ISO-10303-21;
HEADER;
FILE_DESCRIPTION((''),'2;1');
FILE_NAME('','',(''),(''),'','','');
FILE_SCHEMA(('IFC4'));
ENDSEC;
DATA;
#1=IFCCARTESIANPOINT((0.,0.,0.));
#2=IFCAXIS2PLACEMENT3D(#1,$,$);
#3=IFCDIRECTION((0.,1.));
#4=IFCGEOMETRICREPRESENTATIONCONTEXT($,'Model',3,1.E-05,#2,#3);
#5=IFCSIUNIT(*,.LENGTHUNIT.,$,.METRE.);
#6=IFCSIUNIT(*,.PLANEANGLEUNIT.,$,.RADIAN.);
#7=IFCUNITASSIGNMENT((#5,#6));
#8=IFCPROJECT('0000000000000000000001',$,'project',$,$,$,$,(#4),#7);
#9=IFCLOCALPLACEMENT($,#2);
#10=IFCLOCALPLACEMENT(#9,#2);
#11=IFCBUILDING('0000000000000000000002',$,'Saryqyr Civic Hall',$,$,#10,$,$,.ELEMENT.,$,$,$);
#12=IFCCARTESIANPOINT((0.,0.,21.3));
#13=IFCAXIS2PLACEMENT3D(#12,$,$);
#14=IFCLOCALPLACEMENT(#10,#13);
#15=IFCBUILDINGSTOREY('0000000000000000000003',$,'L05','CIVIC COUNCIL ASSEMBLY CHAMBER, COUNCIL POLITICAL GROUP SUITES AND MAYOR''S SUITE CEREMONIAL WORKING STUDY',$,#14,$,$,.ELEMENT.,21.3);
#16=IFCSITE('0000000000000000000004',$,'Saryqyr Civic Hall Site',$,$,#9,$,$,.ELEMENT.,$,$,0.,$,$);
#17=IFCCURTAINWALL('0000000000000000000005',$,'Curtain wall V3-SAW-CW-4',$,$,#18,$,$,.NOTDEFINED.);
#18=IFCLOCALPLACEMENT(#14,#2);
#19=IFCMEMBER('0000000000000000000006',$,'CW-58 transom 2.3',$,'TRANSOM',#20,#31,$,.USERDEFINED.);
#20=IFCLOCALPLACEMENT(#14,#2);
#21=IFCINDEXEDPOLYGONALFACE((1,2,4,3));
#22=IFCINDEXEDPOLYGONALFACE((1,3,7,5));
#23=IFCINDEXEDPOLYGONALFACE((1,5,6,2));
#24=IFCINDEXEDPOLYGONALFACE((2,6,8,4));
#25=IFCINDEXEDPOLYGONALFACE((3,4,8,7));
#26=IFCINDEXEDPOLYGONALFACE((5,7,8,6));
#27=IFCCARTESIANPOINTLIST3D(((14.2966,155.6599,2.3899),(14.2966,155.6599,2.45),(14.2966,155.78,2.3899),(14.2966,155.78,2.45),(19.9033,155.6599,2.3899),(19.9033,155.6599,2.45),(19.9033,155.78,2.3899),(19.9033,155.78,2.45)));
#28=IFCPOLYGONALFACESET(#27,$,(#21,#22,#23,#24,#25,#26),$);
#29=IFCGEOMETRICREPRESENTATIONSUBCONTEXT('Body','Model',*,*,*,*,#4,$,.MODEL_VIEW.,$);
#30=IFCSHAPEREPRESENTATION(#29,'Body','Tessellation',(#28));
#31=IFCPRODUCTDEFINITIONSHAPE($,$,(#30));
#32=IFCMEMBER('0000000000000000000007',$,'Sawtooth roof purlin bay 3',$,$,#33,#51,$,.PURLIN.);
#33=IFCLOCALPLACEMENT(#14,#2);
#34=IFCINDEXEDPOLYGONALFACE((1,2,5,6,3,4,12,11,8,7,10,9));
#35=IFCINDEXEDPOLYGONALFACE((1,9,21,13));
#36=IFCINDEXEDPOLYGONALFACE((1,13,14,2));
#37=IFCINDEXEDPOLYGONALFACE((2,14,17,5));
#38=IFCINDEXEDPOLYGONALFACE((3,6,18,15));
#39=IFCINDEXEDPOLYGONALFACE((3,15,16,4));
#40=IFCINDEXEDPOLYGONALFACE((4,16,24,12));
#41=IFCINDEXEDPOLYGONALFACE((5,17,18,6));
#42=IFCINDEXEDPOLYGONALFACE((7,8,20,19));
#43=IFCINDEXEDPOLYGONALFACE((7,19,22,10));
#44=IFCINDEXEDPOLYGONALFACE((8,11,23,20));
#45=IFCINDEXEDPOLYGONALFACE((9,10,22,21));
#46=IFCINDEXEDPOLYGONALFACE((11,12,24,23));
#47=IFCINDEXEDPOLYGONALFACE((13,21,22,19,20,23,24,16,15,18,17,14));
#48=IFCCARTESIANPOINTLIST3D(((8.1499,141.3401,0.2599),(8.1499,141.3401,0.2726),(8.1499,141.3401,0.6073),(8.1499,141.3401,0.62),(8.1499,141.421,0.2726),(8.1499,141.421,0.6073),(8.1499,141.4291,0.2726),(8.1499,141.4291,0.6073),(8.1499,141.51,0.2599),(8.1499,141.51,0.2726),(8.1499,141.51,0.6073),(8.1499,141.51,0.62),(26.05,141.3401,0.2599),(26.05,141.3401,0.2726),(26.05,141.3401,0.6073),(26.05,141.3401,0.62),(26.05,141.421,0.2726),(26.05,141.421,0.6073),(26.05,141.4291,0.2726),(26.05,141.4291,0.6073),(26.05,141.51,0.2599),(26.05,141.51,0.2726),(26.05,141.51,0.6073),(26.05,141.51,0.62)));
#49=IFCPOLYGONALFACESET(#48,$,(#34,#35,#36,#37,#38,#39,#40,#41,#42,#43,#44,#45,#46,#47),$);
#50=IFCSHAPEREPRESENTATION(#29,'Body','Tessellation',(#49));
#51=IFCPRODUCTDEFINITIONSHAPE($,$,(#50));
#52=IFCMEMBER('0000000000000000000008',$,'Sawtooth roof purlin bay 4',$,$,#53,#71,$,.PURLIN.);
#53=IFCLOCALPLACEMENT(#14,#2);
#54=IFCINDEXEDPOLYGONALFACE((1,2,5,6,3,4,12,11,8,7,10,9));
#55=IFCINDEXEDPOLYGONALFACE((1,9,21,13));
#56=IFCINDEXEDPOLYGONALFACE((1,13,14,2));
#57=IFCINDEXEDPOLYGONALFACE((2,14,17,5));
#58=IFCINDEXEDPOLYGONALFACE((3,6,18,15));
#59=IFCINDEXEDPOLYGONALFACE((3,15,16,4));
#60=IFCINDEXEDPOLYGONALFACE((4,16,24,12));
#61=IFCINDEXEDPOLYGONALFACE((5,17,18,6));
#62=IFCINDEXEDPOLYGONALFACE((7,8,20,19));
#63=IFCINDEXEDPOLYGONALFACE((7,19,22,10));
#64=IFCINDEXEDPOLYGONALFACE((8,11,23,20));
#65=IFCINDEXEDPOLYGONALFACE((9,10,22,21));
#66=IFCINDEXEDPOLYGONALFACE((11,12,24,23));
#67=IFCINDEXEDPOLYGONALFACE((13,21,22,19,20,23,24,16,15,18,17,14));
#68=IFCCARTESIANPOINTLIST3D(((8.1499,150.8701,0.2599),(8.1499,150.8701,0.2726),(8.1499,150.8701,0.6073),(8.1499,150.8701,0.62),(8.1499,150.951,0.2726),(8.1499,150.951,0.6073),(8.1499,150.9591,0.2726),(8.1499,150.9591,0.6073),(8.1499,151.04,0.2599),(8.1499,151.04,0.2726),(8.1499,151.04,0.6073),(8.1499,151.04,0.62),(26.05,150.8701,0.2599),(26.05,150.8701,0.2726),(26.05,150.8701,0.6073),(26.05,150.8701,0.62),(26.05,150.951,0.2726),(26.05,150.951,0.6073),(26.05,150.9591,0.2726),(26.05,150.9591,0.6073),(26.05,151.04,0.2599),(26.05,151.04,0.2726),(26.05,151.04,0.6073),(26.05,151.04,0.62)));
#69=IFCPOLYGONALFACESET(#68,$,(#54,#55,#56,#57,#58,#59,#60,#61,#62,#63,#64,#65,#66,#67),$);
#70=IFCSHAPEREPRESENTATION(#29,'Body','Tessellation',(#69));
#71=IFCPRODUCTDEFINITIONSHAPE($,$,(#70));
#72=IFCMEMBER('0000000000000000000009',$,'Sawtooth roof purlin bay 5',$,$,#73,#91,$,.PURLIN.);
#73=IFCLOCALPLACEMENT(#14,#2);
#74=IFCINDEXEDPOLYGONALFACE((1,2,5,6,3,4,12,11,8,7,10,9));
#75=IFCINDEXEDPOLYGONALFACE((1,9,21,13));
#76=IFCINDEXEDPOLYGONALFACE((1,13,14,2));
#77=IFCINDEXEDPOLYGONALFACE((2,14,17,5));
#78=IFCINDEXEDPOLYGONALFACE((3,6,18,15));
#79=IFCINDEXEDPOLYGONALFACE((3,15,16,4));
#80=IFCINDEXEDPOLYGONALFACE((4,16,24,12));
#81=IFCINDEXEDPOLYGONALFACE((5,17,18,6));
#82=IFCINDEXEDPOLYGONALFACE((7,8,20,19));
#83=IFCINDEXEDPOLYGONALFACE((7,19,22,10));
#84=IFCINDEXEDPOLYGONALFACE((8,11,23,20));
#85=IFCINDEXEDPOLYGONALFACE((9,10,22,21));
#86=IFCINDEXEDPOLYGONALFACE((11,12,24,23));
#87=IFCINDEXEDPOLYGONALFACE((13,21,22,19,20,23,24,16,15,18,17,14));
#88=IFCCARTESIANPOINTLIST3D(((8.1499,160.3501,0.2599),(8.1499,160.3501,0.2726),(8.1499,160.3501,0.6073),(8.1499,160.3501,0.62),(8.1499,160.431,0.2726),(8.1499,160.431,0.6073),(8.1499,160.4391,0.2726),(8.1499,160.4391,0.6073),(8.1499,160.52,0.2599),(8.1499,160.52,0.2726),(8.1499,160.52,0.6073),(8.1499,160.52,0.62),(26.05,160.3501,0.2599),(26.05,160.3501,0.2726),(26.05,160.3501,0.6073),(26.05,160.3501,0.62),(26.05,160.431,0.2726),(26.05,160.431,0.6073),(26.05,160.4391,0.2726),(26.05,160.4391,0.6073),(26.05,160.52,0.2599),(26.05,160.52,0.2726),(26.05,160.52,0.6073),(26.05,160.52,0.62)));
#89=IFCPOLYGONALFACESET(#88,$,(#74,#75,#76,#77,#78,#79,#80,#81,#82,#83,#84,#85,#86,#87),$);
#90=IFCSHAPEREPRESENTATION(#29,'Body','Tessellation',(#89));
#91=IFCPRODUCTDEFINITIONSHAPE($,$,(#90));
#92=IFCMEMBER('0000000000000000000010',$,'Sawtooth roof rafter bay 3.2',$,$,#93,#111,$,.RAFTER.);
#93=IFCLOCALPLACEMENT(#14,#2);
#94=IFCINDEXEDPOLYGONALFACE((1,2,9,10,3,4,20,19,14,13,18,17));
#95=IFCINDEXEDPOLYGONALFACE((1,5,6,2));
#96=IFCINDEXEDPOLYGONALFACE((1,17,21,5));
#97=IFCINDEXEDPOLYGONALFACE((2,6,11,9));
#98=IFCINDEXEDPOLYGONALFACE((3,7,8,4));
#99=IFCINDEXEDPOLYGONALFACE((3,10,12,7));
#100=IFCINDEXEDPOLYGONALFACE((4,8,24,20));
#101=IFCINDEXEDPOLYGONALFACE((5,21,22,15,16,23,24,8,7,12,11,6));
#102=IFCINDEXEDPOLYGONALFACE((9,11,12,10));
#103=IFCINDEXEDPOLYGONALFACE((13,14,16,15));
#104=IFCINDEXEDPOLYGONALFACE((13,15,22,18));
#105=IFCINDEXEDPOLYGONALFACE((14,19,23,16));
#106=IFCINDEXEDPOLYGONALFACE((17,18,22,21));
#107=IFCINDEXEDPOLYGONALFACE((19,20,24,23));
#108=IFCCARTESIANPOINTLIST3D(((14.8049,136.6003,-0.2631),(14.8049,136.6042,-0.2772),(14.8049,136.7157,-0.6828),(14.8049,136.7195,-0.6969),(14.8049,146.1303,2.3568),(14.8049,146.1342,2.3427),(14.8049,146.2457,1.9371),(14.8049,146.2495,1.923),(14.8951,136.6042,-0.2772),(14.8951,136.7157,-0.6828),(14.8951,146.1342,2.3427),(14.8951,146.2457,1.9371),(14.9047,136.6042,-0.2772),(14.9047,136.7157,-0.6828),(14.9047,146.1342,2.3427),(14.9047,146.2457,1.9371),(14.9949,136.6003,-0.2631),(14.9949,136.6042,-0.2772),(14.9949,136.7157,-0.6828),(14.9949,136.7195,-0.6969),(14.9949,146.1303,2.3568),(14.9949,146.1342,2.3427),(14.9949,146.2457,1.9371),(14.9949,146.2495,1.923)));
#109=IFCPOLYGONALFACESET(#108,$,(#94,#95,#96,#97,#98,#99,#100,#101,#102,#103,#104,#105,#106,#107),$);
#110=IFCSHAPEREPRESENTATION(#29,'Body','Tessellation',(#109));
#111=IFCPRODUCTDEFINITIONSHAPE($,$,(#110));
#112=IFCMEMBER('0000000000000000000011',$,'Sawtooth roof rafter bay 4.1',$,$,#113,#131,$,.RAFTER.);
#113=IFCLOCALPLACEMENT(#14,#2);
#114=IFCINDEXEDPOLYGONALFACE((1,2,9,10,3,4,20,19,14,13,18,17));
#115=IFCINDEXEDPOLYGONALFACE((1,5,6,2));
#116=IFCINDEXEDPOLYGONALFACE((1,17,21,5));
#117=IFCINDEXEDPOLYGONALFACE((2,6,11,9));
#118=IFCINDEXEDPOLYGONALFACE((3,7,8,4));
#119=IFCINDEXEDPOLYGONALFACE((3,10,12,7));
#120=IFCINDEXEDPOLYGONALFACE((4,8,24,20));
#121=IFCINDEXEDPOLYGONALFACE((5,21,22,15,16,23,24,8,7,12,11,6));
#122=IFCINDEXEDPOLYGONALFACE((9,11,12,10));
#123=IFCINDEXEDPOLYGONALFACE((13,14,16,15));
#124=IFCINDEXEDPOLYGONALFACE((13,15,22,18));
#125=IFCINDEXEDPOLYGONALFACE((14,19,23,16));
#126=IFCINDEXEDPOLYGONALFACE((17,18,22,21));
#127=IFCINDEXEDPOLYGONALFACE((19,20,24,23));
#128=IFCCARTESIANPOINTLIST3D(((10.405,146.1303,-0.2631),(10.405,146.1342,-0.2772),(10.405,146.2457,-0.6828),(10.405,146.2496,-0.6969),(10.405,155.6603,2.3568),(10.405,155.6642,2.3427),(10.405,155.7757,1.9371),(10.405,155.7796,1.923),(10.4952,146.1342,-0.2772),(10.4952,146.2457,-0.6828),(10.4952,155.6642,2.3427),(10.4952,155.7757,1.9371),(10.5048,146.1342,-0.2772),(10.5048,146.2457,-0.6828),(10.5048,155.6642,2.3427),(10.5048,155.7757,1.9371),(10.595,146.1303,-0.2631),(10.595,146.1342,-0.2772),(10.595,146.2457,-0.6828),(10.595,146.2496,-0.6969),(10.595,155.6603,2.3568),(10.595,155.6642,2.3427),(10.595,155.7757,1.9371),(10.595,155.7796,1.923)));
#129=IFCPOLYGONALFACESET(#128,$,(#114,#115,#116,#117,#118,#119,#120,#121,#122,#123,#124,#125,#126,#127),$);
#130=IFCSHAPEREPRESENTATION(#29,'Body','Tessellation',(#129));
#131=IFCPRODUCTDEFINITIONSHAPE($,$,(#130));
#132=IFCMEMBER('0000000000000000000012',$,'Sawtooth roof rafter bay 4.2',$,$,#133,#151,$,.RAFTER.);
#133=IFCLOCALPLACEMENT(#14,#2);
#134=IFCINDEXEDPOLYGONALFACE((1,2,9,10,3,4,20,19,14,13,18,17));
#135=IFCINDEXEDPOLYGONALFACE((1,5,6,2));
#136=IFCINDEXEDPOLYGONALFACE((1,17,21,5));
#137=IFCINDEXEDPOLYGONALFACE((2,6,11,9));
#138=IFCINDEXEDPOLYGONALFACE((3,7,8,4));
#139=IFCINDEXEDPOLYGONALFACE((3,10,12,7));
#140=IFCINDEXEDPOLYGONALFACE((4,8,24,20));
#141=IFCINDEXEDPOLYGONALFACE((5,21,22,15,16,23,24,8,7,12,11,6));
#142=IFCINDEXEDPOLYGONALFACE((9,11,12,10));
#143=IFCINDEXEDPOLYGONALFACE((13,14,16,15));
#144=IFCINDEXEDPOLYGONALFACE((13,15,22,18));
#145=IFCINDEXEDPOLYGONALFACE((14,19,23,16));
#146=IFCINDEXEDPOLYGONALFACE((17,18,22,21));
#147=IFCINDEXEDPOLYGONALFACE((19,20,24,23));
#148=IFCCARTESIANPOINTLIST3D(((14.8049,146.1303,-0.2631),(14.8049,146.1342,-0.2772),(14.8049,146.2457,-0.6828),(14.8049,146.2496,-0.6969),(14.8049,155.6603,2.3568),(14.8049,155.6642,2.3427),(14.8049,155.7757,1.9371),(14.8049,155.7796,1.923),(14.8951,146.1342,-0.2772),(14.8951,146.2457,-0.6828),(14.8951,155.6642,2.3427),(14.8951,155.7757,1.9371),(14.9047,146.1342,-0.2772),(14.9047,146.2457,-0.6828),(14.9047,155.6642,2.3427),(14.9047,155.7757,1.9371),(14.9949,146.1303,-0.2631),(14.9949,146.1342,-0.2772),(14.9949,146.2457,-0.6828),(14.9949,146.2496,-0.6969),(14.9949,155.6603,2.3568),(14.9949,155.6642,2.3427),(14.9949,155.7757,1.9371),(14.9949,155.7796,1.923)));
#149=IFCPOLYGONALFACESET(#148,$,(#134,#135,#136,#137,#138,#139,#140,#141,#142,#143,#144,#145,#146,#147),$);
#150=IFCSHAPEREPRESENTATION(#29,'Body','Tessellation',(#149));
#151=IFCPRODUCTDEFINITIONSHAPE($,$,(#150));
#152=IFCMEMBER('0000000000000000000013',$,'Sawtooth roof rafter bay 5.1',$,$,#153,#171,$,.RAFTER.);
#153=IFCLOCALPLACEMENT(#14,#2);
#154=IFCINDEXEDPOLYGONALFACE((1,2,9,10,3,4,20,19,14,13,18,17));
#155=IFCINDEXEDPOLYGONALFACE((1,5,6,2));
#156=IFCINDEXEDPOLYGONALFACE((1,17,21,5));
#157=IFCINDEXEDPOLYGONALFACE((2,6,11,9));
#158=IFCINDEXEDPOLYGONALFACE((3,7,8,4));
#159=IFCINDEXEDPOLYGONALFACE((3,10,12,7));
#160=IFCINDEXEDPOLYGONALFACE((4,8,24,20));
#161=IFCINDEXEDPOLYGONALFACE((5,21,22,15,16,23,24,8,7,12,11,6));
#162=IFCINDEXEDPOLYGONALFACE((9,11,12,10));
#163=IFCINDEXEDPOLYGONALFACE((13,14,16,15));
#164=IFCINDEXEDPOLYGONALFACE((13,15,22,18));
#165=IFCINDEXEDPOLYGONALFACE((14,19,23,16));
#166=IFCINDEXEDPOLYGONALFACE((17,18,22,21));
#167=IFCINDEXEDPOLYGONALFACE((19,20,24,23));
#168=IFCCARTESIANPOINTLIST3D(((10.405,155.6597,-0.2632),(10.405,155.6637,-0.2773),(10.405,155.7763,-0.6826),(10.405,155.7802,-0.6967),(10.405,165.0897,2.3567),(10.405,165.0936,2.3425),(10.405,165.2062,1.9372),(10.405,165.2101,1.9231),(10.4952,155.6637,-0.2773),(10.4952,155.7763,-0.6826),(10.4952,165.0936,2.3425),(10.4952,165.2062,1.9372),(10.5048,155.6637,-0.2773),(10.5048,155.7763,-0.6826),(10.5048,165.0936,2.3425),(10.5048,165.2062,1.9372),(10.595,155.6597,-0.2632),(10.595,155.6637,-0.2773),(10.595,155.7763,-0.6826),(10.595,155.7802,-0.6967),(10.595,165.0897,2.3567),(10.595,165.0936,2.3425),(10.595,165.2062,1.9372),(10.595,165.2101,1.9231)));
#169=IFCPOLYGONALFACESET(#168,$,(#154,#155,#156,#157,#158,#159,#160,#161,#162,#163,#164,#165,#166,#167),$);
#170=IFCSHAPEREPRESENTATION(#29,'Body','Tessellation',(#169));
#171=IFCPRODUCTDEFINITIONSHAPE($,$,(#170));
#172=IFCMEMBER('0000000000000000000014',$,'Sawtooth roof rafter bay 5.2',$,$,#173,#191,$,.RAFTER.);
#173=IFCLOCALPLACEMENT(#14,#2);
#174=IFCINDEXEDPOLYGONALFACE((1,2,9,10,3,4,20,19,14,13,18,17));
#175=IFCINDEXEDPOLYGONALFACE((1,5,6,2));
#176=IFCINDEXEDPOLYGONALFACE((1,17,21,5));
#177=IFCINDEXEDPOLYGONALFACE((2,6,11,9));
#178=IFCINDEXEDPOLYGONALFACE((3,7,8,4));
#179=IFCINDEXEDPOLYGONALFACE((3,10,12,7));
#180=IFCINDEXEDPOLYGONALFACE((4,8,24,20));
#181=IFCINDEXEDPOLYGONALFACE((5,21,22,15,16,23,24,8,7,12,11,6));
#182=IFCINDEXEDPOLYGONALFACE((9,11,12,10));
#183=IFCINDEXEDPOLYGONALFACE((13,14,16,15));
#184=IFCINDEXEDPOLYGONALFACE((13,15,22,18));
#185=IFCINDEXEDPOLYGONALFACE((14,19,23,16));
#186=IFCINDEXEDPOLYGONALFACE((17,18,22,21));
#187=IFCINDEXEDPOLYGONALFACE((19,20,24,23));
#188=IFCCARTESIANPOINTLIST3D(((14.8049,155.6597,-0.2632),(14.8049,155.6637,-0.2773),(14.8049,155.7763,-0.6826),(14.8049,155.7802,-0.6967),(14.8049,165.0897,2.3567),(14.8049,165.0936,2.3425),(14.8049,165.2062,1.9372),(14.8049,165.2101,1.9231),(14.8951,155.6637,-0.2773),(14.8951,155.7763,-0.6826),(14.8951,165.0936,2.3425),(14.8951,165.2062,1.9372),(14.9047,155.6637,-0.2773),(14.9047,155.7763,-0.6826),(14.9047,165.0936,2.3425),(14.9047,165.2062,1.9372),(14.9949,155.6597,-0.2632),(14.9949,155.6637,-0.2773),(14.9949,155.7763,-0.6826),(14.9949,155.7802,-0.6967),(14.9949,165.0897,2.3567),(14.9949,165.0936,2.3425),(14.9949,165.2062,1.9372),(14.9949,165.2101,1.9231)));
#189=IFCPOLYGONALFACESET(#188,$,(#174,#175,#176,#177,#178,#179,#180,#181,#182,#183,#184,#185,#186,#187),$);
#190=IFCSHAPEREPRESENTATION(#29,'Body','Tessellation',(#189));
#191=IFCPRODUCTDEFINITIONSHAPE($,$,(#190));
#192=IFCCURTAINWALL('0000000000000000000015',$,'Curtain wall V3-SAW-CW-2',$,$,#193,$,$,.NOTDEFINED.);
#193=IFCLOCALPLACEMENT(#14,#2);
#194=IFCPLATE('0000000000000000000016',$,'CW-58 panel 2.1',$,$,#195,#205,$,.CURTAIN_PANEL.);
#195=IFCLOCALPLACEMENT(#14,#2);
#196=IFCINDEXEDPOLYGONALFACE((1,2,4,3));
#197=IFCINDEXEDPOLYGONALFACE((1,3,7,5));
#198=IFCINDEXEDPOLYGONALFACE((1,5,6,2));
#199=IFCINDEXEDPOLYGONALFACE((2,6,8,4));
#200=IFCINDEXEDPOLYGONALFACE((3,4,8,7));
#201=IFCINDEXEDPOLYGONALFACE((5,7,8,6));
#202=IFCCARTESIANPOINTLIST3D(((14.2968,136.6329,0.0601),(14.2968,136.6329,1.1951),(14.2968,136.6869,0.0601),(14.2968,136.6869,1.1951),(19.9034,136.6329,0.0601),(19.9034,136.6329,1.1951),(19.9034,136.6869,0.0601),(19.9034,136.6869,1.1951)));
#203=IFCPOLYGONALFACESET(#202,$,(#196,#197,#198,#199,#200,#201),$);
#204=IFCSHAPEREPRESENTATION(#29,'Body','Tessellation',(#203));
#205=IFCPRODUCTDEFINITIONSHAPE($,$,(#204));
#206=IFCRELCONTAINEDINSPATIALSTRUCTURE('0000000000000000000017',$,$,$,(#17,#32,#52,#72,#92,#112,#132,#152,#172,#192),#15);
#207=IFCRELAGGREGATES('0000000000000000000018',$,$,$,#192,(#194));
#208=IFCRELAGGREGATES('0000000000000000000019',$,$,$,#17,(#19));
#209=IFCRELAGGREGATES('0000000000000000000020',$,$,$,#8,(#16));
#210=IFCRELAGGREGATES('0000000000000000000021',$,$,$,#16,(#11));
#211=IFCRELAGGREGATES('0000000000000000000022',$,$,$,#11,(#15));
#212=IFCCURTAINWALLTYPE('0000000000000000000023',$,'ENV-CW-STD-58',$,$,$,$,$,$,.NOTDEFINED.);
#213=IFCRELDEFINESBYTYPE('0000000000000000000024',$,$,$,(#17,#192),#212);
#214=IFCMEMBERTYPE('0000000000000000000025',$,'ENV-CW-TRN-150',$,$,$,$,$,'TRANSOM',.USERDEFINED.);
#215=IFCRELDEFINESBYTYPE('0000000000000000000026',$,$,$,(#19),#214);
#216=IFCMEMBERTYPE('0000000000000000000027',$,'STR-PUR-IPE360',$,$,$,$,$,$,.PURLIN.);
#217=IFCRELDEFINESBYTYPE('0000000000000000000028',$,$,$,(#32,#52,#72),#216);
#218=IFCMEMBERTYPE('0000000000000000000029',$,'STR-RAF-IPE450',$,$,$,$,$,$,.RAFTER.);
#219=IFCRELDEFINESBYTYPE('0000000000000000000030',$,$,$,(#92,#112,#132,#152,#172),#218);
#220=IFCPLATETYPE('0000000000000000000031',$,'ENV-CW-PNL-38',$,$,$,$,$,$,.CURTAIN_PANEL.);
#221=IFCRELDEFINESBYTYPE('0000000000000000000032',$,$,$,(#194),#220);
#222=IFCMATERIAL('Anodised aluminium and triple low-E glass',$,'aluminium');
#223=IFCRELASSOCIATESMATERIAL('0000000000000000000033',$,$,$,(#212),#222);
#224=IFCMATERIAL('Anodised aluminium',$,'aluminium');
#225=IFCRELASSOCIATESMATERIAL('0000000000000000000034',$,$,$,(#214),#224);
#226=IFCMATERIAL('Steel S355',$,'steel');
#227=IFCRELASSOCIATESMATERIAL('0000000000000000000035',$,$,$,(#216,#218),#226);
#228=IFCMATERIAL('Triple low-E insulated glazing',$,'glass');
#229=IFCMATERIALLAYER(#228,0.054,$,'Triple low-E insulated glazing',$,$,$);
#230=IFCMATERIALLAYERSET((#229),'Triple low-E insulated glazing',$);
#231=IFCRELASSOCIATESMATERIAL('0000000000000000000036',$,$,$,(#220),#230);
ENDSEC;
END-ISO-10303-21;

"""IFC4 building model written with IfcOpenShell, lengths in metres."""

from ifc_helpers import new_model, si_unit, direction, frame, origin, origin_2d, place, context, subcontext, project, spatial, rectangle, i_section, extrude, material, layer, layer_set, material_profile, profile_set, type_object, element, aggregate, save


model = new_model("IFC4")

# Units and contexts
model_context = context("Model", 3, precision=1e-05, world=origin(), true_north=direction((0.0, 1.0)))
body_context = subcontext(model_context, "Body", "Model", "MODEL_VIEW")
ifc_project = project(units=[si_unit("LENGTHUNIT", "METRE"), si_unit("PLANEANGLEUNIT", "RADIAN")], contexts=[model_context])

# Site, building, storey
site_placement = place(None, origin())
site = spatial("IfcSite", under=ifc_project, at=site_placement, Name="Saryqyr Civic Hall Site", CompositionType="ELEMENT", RefElevation=0.0)
building_placement = place(site_placement, origin())
building = spatial("IfcBuilding", under=site, at=building_placement, Name="Saryqyr Civic Hall", CompositionType="ELEMENT")
storey_placement = place(building_placement, frame((0.0, 0.0, 21.3)))
storey = spatial("IfcBuildingStorey", under=building, at=storey_placement, Name="L05", Description="CIVIC COUNCIL ASSEMBLY CHAMBER, COUNCIL POLITICAL GROUP SUITES AND MAYOR'S SUITE CEREMONIAL WORKING STUDY", CompositionType="ELEMENT", Elevation=21.3)

# Curtain wall
ifc_material_1 = material(Name="Anodised aluminium and triple low-E glass", Category="aluminium")
curtain_wall_type = type_object("IfcCurtainWallType", Name="ENV-CW-STD-58", PredefinedType="NOTDEFINED", material=ifc_material_1)
ifc_material_2 = material(Name="Anodised aluminium", Category="aluminium")
curtain_wall_1_placement = place(storey_placement, origin())
curtain_wall_1 = element("IfcCurtainWall", 1, at=curtain_wall_1_placement, inside=storey, type_object=curtain_wall_type, Name="Curtain wall V3-SAW-CW-4", PredefinedType="NOTDEFINED")

# Member
ifc_material_profile_1 = material_profile(ifc_material_2, rectangle(XDim=0.1201, YDim=0.0601, at=origin_2d()), Name="ALU TRANSOM 120x60")
ifc_profile_set_1 = profile_set([ifc_material_profile_1], Name="Anodised aluminium")
member_type_1 = type_object("IfcMemberType", Name="ENV-CW-TRN-150", ElementType="TRANSOM", PredefinedType="USERDEFINED", material=ifc_profile_set_1)
member_1_placement = place(storey_placement, frame((14.2966, 155.72, 2.4199), z_axis=(1.0, 0.0, 0.0), x_axis=(0.0, 1.0, 0.0)))
member_1 = element("IfcMember", 2, at=member_1_placement, type_object=member_type_1, Name="CW-58 transom 2.3", ObjectType="TRANSOM", PredefinedType="USERDEFINED", context=body_context, shape_type="SweptSolid", body=[
    extrude(rectangle(XDim=0.1201, YDim=0.0601, at=origin_2d()), origin(), (0.0, 0.0, 1.0), 5.6067),
])

# Members
ifc_material_3 = material(Name="Steel S355", Category="steel")
ifc_material_profile_2 = material_profile(ifc_material_3, i_section(OverallWidth=0.1699, OverallDepth=0.3601, WebThickness=0.0081, FlangeThickness=0.0127, at=origin_2d()), Name="IPE 360")
ifc_profile_set_2 = profile_set([ifc_material_profile_2], Name="Steel S355")
member_type_2 = type_object("IfcMemberType", Name="STR-PUR-IPE360", PredefinedType="PURLIN", material=ifc_profile_set_2)
for number, where, z_axis, x_axis, name in (
    (3, (8.1499, 141.425, 0.4399), (1.0, 0.0, 0.0), (0.0, 1.0, 0.0), "Sawtooth roof purlin bay 3"),
    (4, (8.1499, 150.9551, 0.4399), (1.0, 0.0, 0.0), (0.0, 1.0, 0.0), "Sawtooth roof purlin bay 4"),
    (5, (8.1499, 160.4351, 0.4399), (1.0, 0.0, 0.0), (0.0, 1.0, 0.0), "Sawtooth roof purlin bay 5"),
):
    element("IfcMember", number, at=place(storey_placement, frame(where, z_axis=z_axis, x_axis=x_axis)), inside=storey, type_object=member_type_2, Name=name, PredefinedType="PURLIN", context=body_context, shape_type="SweptSolid", body=[
        extrude(i_section(OverallWidth=0.1699, OverallDepth=0.3601, WebThickness=0.0081, FlangeThickness=0.0127, at=origin_2d()), origin(), (0.0, 0.0, 1.0), 17.9001),
    ])
ifc_material_profile_3 = material_profile(ifc_material_3, i_section(OverallWidth=0.1899, OverallDepth=0.45, WebThickness=0.0095, FlangeThickness=0.0146, at=origin_2d()), Name="IPE 450")
ifc_profile_set_3 = profile_set([ifc_material_profile_3], Name="Steel S355")
member_type_3 = type_object("IfcMemberType", Name="STR-RAF-IPE450", PredefinedType="RAFTER", material=ifc_profile_set_3)
for number, where, z_axis, x_axis, name in (
    (6, (14.8999, 136.6599, -0.48), (0.0, 0.964228, 0.265073), (-1.0, 0.0, 0.0), "Sawtooth roof rafter bay 3.2"),
    (7, (10.5, 146.1899, -0.48), (0.0, 0.964228, 0.265073), (-1.0, 0.0, 0.0), "Sawtooth roof rafter bay 4.1"),
    (8, (14.8999, 146.1899, -0.48), (0.0, 0.964228, 0.265073), (-1.0, 0.0, 0.0), "Sawtooth roof rafter bay 4.2"),
):
    element("IfcMember", number, at=place(storey_placement, frame(where, z_axis=z_axis, x_axis=x_axis)), inside=storey, type_object=member_type_3, Name=name, PredefinedType="RAFTER", context=body_context, shape_type="SweptSolid", body=[
        extrude(i_section(OverallWidth=0.1899, OverallDepth=0.45, WebThickness=0.0095, FlangeThickness=0.0146, at=origin_2d()), origin(), (0.0, 0.0, 1.0), 9.8835),
    ])
for number, where, z_axis, x_axis, name in (
    (9, (10.5, 155.72, -0.48), (0.0, 0.963506, 0.267686), (-1.0, 0.0, 0.0), "Sawtooth roof rafter bay 5.1"),
    (10, (14.8999, 155.72, -0.48), (0.0, 0.963506, 0.267686), (-1.0, 0.0, 0.0), "Sawtooth roof rafter bay 5.2"),
):
    element("IfcMember", number, at=place(storey_placement, frame(where, z_axis=z_axis, x_axis=x_axis)), inside=storey, type_object=member_type_3, Name=name, PredefinedType="RAFTER", context=body_context, shape_type="SweptSolid", body=[
        extrude(i_section(OverallWidth=0.1899, OverallDepth=0.45, WebThickness=0.0095, FlangeThickness=0.0146, at=origin_2d()), origin(), (0.0, 0.0, 1.0), 9.7871),
    ])

# Curtain wall, plate
curtain_wall_2_placement = place(storey_placement, origin())
curtain_wall_2 = element("IfcCurtainWall", 11, at=curtain_wall_2_placement, inside=storey, type_object=curtain_wall_type, Name="Curtain wall V3-SAW-CW-2", PredefinedType="NOTDEFINED")
ifc_material_4 = material(Name="Triple low-E insulated glazing", Category="glass")
ifc_layer_1 = layer(ifc_material_4, 0.054, Name="Triple low-E insulated glazing")
ifc_layer_set_1 = layer_set([ifc_layer_1], Name="Triple low-E insulated glazing")
plate_type = type_object("IfcPlateType", Name="ENV-CW-PNL-38", PredefinedType="CURTAIN_PANEL", material=ifc_layer_set_1)
plate_1_placement = place(storey_placement, frame((17.1001, 136.6599, 0.0601), z_axis=(0.0, 0.0, 1.0), x_axis=(-1.0, 0.0, 0.0)))
plate_1 = element("IfcPlate", 12, at=plate_1_placement, type_object=plate_type, Name="CW-58 panel 2.1", PredefinedType="CURTAIN_PANEL", context=body_context, shape_type="SweptSolid", body=[
    extrude(rectangle(XDim=5.6067, YDim=0.054, at=origin_2d()), origin(), (0.0, 0.0, 1.0), 1.135),
])
aggregate(curtain_wall_2, [plate_1])

aggregate(curtain_wall_1, [member_1])

save(model, "model.ifc")
